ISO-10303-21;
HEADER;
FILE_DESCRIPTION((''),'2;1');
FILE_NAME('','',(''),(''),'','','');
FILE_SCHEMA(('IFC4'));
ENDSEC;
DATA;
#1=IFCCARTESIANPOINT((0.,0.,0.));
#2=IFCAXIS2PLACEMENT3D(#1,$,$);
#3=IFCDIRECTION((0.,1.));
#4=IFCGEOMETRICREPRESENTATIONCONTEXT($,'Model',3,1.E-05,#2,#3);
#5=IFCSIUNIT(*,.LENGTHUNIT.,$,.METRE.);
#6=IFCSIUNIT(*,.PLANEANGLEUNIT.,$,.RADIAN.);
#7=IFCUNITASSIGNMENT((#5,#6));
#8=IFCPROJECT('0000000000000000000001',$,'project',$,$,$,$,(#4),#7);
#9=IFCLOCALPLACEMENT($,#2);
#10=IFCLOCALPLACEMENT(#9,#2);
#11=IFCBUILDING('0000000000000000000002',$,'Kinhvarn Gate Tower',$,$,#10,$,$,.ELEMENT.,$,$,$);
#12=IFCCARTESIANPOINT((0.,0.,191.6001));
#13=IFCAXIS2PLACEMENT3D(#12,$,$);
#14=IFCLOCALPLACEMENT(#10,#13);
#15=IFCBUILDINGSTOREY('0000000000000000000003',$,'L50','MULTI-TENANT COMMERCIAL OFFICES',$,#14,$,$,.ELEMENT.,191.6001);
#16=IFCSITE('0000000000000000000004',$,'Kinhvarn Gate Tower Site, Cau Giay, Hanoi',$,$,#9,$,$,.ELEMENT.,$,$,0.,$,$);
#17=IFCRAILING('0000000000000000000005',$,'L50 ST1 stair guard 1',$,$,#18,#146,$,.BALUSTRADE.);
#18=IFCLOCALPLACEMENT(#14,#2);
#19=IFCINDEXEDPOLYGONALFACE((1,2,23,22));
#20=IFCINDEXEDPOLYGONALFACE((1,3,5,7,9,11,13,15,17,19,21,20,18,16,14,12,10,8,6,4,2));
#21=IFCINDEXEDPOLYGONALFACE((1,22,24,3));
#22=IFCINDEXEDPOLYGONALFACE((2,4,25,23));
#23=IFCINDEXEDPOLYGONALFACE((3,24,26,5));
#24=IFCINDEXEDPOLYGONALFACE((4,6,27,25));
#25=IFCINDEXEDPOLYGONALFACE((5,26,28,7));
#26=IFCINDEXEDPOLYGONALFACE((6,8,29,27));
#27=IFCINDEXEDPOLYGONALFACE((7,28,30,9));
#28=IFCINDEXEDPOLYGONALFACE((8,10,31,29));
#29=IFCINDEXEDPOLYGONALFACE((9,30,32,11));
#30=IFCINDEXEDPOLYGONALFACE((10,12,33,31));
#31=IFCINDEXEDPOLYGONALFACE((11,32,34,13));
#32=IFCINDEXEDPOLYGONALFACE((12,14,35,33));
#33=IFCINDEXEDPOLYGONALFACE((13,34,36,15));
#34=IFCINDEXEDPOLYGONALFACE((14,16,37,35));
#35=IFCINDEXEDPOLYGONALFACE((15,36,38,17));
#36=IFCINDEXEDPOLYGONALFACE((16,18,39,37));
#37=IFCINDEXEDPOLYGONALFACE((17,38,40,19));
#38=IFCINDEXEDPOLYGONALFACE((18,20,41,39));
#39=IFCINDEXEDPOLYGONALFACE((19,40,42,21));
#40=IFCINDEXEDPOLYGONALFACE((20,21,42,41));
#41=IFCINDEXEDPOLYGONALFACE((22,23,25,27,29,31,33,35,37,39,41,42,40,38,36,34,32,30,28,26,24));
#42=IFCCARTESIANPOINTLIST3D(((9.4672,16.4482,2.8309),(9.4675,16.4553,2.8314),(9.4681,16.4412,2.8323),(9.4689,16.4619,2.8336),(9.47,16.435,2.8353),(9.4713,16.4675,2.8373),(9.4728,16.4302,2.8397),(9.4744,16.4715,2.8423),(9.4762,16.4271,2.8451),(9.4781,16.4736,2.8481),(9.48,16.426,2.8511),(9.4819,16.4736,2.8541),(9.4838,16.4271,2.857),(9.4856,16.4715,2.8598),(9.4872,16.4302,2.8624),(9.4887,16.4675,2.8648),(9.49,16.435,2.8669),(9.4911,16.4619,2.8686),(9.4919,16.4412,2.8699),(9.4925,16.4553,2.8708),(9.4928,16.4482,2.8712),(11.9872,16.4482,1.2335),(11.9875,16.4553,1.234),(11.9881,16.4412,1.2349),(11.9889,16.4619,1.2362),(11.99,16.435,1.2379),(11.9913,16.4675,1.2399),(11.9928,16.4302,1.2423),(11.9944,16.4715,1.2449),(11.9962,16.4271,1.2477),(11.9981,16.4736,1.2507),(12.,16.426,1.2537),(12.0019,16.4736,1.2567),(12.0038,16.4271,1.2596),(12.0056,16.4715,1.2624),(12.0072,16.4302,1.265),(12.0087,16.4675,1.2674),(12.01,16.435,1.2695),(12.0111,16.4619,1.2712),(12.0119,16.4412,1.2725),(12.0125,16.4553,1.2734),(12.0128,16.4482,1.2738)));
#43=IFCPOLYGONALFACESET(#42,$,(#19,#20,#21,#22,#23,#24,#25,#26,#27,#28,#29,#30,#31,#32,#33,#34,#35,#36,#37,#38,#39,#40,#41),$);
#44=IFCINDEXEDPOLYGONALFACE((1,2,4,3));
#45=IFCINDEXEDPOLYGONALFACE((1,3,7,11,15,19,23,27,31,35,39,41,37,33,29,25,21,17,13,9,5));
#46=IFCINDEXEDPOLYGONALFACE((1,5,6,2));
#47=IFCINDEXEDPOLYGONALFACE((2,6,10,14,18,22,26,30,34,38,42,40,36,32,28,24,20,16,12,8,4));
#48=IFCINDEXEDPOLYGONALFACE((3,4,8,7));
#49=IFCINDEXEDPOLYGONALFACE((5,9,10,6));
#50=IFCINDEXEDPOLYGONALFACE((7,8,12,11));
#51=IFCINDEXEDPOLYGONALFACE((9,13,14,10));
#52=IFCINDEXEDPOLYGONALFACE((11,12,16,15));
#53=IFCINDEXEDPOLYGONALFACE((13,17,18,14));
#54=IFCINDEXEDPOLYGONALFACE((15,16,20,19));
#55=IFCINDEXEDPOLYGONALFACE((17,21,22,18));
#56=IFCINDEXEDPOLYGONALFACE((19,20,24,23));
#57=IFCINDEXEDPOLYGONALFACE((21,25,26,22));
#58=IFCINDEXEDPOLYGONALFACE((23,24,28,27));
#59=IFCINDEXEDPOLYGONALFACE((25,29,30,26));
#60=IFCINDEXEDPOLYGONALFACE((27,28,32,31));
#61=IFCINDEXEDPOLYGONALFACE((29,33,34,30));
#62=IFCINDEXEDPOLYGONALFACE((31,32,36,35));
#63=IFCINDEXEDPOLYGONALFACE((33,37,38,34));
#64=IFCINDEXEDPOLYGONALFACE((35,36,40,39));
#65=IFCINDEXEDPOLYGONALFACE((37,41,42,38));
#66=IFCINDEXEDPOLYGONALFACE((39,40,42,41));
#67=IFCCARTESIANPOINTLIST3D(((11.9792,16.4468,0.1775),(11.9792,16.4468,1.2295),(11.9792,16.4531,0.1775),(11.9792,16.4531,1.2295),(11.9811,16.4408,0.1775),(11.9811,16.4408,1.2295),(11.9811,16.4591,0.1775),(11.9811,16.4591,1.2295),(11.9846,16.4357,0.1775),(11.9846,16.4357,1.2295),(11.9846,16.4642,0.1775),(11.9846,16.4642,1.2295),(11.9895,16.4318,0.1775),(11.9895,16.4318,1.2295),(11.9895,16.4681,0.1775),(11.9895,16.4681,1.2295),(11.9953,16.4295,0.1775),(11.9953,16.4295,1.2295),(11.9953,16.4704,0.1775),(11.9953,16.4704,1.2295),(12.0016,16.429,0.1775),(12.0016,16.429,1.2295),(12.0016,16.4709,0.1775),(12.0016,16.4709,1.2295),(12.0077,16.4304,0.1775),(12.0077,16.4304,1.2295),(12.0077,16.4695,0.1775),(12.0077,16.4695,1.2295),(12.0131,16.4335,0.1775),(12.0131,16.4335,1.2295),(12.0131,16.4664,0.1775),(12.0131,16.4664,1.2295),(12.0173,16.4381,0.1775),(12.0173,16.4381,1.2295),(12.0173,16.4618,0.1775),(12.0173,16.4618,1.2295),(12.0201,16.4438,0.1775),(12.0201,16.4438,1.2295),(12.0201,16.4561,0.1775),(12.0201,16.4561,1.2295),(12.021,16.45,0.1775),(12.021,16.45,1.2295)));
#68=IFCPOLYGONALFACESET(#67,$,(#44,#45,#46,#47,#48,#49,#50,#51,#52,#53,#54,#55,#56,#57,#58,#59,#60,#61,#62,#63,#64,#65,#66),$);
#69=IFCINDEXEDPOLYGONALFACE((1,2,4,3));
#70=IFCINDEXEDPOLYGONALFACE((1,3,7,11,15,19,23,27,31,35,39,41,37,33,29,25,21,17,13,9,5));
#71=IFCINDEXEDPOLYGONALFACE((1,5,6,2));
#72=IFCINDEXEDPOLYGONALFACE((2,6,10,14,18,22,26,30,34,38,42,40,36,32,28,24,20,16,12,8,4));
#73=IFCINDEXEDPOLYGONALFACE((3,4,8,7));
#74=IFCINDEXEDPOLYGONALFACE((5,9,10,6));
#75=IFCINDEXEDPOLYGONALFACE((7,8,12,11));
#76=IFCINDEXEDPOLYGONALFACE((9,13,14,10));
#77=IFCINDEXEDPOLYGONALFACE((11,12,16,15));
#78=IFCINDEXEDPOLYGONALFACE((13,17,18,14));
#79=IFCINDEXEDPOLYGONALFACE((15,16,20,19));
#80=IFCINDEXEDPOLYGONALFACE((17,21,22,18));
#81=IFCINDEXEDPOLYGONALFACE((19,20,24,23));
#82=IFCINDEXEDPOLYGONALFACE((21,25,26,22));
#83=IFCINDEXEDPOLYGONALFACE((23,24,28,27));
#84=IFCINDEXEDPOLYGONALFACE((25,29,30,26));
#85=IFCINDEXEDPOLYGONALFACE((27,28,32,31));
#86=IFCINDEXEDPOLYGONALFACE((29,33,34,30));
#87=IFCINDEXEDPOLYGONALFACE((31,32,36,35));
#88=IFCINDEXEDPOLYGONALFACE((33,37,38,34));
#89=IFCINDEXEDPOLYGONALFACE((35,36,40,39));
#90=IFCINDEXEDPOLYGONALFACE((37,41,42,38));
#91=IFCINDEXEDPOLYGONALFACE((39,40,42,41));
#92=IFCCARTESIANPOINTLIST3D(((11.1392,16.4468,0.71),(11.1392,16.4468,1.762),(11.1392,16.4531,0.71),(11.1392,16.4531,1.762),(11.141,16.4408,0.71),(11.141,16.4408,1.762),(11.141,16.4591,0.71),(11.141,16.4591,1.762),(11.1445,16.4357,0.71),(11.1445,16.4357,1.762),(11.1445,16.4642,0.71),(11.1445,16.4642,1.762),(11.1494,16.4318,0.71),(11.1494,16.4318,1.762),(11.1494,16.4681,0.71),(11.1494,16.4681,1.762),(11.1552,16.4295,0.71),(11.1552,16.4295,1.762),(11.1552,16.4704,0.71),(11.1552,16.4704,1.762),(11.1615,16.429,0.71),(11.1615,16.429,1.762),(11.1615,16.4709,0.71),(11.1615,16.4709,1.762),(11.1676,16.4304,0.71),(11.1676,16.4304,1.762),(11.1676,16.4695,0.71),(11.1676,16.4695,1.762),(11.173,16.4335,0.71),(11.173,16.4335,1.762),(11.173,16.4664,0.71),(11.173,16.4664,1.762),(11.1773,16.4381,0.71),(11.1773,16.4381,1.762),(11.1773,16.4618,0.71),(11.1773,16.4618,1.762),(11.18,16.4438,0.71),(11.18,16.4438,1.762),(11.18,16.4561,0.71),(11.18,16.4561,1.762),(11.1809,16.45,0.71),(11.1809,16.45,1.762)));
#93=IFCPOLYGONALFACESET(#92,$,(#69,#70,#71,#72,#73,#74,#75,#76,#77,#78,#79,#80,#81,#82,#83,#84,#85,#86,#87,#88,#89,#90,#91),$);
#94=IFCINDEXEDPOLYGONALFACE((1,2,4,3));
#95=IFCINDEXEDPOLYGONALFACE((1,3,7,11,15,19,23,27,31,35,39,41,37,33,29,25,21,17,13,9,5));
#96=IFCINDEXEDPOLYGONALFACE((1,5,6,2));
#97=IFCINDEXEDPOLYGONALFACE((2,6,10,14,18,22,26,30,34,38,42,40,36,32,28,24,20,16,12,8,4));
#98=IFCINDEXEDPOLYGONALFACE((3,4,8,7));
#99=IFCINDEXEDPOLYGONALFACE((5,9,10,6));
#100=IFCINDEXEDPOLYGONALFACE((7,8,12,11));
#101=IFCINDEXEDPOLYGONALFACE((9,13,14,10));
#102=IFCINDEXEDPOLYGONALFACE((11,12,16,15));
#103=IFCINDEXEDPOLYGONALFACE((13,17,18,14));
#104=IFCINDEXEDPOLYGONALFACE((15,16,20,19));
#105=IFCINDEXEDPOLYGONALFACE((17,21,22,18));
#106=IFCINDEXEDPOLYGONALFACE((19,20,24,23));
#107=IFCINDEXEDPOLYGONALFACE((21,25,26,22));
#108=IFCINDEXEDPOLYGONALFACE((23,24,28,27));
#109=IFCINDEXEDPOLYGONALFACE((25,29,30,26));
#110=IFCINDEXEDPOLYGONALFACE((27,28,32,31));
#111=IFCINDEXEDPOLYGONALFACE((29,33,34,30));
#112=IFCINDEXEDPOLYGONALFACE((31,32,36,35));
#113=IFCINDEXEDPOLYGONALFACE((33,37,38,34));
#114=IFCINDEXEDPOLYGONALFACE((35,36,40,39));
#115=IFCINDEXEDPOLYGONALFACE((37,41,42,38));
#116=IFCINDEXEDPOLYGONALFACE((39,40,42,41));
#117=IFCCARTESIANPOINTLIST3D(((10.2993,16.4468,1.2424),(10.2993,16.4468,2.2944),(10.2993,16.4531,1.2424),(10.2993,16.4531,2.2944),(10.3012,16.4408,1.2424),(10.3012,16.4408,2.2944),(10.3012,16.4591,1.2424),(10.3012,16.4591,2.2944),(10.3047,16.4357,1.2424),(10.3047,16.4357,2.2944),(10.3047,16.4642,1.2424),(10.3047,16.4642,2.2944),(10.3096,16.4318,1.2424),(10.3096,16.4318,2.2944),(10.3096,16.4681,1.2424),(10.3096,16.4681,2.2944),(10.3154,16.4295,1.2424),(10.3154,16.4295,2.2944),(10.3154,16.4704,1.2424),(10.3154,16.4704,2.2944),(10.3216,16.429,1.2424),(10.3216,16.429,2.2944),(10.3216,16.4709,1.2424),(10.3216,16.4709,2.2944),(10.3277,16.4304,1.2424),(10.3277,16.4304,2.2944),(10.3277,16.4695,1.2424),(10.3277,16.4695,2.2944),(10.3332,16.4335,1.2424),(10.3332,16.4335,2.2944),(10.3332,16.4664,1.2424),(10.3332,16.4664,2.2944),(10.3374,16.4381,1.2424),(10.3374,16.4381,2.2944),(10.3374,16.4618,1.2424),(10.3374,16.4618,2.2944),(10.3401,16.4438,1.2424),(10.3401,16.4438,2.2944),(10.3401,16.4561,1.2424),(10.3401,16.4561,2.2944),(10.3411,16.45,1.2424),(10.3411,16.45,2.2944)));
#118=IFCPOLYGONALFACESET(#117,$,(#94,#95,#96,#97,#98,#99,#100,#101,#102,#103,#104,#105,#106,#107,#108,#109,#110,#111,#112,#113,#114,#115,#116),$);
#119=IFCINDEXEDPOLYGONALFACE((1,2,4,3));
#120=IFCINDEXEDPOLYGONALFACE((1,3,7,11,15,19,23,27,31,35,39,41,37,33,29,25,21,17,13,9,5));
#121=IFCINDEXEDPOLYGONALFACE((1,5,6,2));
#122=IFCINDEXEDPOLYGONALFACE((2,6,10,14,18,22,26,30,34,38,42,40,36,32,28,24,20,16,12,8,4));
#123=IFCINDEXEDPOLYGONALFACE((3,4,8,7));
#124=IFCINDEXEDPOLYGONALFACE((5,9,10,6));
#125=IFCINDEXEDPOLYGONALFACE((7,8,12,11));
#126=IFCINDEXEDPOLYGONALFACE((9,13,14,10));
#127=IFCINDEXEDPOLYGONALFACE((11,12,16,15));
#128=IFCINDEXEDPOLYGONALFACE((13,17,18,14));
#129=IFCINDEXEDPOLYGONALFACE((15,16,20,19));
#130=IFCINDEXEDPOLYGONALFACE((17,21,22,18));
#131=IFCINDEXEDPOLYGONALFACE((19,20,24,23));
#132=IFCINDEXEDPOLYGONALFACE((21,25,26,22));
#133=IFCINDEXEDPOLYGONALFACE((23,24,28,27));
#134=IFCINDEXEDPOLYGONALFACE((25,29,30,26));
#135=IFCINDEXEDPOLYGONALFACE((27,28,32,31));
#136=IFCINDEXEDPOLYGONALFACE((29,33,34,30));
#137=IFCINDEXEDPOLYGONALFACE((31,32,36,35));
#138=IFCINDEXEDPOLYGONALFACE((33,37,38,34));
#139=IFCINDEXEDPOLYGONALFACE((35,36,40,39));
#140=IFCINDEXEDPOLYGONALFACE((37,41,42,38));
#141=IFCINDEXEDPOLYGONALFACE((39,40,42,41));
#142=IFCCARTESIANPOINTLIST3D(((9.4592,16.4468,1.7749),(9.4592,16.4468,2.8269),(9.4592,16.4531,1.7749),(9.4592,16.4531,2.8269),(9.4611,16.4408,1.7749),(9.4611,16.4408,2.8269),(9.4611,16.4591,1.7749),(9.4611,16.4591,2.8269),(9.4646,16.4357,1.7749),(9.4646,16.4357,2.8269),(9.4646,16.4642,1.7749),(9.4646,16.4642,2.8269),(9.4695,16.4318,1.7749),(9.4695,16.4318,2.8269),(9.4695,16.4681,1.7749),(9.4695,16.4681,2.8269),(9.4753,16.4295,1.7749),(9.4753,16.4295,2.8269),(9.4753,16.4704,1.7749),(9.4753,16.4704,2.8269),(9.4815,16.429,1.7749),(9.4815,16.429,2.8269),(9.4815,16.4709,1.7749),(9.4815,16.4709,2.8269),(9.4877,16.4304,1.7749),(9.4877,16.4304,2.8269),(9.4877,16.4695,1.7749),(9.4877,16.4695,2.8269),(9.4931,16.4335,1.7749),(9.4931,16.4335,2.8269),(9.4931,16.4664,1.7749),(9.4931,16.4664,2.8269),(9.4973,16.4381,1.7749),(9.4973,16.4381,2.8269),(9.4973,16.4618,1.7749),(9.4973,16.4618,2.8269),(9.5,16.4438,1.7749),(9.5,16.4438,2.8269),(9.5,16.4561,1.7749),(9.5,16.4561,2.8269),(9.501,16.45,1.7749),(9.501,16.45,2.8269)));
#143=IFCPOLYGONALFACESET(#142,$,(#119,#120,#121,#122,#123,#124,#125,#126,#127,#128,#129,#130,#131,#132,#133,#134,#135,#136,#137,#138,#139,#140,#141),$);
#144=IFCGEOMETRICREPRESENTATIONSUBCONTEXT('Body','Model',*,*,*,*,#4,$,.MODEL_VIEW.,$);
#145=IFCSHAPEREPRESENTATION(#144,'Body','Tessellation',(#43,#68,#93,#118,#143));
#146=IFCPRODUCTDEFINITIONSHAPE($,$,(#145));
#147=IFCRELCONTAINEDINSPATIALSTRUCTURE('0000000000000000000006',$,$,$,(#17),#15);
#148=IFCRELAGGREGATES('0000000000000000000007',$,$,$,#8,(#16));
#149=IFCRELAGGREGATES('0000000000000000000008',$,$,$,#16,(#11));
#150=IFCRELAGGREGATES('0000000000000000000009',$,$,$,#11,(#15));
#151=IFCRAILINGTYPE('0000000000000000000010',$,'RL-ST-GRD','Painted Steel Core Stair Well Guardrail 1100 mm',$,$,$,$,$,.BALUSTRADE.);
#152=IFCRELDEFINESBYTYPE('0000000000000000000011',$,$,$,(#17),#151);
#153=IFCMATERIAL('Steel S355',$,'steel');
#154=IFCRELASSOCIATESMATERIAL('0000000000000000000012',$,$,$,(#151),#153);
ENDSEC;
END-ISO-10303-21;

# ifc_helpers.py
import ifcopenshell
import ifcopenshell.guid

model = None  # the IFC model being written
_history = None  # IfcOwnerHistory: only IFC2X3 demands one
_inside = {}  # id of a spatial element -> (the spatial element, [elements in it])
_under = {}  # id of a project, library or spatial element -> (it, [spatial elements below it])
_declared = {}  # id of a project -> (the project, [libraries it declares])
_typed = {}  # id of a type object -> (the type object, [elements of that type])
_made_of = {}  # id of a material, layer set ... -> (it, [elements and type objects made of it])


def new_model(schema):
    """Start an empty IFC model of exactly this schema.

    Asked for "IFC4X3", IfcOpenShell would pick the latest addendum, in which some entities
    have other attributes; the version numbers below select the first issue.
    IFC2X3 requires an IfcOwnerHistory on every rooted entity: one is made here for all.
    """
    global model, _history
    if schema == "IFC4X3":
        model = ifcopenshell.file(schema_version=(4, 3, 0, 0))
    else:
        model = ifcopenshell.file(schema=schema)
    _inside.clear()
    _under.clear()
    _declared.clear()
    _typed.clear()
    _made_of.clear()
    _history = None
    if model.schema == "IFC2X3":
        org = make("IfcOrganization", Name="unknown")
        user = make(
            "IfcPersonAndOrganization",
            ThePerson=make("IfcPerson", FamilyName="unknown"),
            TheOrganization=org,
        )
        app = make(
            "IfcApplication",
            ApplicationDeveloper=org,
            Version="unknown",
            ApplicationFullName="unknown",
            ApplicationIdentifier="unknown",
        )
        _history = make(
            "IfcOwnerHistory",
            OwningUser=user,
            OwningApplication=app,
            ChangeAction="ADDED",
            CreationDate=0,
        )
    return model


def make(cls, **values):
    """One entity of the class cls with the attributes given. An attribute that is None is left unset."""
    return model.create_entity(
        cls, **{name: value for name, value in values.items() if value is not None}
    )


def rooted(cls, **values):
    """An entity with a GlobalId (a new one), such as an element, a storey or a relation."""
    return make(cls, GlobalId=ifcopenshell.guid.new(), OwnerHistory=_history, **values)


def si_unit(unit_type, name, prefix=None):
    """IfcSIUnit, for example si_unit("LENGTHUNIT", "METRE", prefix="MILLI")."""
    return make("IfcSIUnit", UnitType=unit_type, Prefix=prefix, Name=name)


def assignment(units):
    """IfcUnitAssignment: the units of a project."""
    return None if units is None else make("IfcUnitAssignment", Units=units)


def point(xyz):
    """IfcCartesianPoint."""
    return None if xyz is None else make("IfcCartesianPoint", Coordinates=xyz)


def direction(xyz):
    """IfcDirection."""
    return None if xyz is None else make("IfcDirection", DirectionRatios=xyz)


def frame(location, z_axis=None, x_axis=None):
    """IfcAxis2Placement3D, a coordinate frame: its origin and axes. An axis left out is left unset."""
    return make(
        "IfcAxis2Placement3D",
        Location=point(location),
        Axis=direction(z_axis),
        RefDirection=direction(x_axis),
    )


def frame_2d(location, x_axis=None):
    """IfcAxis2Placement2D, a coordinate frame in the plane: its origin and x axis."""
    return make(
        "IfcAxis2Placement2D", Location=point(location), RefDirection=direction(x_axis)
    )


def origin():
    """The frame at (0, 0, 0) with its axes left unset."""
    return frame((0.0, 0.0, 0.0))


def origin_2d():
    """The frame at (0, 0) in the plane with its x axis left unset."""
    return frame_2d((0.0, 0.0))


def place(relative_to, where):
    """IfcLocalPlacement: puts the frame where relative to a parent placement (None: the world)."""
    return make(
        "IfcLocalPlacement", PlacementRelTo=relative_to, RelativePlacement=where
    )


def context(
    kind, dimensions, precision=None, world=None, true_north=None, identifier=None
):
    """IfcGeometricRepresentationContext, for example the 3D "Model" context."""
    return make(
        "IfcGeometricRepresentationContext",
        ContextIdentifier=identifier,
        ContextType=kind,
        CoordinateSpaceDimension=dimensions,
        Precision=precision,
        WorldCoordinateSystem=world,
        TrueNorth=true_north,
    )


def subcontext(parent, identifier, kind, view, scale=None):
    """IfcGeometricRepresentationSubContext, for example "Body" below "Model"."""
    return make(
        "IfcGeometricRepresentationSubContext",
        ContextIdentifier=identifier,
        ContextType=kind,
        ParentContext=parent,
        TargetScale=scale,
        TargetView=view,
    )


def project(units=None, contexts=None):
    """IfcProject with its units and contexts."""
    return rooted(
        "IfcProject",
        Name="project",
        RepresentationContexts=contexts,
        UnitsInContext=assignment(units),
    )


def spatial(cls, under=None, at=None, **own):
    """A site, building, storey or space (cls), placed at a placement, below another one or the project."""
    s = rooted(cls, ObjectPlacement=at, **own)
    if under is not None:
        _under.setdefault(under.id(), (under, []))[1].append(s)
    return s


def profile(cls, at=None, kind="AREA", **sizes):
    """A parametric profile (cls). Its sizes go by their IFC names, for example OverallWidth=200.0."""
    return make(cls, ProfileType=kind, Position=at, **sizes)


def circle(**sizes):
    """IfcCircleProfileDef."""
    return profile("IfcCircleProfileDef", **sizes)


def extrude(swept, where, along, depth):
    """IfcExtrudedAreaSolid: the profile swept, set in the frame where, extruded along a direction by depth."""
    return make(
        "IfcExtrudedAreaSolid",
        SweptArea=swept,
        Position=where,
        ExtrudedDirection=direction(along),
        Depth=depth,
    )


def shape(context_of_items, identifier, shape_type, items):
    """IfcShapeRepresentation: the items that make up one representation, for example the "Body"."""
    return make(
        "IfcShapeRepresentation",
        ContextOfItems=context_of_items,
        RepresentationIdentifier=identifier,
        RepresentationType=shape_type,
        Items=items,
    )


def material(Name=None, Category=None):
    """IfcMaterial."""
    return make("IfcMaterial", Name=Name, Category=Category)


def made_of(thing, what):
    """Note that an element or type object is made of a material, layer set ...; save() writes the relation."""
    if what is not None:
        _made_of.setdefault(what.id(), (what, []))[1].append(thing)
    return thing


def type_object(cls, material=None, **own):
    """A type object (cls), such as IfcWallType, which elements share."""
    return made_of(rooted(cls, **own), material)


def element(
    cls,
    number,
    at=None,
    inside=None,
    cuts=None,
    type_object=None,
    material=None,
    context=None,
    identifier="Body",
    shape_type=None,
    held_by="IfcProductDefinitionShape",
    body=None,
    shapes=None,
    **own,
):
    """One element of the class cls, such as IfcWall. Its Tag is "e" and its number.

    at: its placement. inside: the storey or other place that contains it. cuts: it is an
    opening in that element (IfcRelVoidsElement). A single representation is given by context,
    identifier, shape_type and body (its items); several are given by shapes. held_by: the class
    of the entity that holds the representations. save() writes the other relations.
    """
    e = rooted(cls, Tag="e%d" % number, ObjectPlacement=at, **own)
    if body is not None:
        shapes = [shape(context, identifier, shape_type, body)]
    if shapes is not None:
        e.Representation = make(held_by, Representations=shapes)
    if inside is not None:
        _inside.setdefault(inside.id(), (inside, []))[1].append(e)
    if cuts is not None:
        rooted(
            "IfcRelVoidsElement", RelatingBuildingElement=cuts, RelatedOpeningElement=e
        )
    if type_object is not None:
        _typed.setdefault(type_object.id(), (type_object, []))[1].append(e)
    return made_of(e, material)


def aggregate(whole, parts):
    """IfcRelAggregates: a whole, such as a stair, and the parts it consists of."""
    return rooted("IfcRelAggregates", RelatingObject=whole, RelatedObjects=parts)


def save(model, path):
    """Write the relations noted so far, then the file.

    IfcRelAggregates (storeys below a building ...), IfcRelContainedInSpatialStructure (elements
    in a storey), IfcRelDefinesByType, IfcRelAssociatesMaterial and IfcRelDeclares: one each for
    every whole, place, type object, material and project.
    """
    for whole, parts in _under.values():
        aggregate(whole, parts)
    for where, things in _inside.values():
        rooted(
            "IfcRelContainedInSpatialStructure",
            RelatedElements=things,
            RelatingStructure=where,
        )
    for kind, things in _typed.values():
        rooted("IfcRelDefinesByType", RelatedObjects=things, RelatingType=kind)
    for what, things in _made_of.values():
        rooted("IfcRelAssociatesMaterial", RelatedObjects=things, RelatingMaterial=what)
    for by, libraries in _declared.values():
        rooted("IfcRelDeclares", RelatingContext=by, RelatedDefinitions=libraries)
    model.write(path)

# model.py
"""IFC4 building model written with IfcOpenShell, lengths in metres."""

from ifc_helpers import new_model, si_unit, direction, frame, origin, origin_2d, place, context, subcontext, project, spatial, circle, extrude, material, type_object, element, save


model = new_model("IFC4")

# Units and contexts
model_context = context("Model", 3, precision=1e-05, world=origin(), true_north=direction((0.0, 1.0)))
body_context = subcontext(model_context, "Body", "Model", "MODEL_VIEW")
ifc_project = project(units=[si_unit("LENGTHUNIT", "METRE"), si_unit("PLANEANGLEUNIT", "RADIAN")], contexts=[model_context])

# Site, building, storey
site_placement = place(None, origin())
site = spatial("IfcSite", under=ifc_project, at=site_placement, Name="Kinhvarn Gate Tower Site, Cau Giay, Hanoi", CompositionType="ELEMENT", RefElevation=0.0)
building_placement = place(site_placement, origin())
building = spatial("IfcBuilding", under=site, at=building_placement, Name="Kinhvarn Gate Tower", CompositionType="ELEMENT")
storey_placement = place(building_placement, frame((0.0, 0.0, 191.6001)))
storey = spatial("IfcBuildingStorey", under=building, at=storey_placement, Name="L50", Description="MULTI-TENANT COMMERCIAL OFFICES", CompositionType="ELEMENT", Elevation=191.6001)

# Shared definitions
ifc_material_1 = material(Name="Steel S355", Category="steel")

# Railing
railing_type_1 = type_object("IfcRailingType", Name="RL-ST-GRD", Description="Painted Steel Core Stair Well Guardrail 1100 mm", PredefinedType="BALUSTRADE", material=ifc_material_1)
railing_1_placement = place(storey_placement, frame((12.0, 16.45, 0.1775)))
element("IfcRailing", 1, at=railing_1_placement, inside=storey, type_object=railing_type_1, Name="L50 ST1 stair guard 1", PredefinedType="BALUSTRADE", context=body_context, shape_type="SweptSolid", body=[
    extrude(circle(Radius=0.0239, at=origin_2d()), frame((0.0, 0.0, 1.0762), z_axis=(-0.844607, 0.0, 0.535387), x_axis=(0.0, -1.0, 0.0)), (0.0, 0.0, 1.0), 2.9836),
    extrude(circle(Radius=0.021, at=origin_2d()), origin(), (0.0, 0.0, 1.0), 1.052),
    extrude(circle(Radius=0.021, at=origin_2d()), frame((-0.8401, 0.0, 0.5325)), (0.0, 0.0, 1.0), 1.052),
    extrude(circle(Radius=0.021, at=origin_2d()), frame((-1.6799, 0.0, 1.0649)), (0.0, 0.0, 1.0), 1.052),
    extrude(circle(Radius=0.021, at=origin_2d()), frame((-2.52, 0.0, 1.5974)), (0.0, 0.0, 1.0), 1.052),
])

save(model, "model.ifc")
